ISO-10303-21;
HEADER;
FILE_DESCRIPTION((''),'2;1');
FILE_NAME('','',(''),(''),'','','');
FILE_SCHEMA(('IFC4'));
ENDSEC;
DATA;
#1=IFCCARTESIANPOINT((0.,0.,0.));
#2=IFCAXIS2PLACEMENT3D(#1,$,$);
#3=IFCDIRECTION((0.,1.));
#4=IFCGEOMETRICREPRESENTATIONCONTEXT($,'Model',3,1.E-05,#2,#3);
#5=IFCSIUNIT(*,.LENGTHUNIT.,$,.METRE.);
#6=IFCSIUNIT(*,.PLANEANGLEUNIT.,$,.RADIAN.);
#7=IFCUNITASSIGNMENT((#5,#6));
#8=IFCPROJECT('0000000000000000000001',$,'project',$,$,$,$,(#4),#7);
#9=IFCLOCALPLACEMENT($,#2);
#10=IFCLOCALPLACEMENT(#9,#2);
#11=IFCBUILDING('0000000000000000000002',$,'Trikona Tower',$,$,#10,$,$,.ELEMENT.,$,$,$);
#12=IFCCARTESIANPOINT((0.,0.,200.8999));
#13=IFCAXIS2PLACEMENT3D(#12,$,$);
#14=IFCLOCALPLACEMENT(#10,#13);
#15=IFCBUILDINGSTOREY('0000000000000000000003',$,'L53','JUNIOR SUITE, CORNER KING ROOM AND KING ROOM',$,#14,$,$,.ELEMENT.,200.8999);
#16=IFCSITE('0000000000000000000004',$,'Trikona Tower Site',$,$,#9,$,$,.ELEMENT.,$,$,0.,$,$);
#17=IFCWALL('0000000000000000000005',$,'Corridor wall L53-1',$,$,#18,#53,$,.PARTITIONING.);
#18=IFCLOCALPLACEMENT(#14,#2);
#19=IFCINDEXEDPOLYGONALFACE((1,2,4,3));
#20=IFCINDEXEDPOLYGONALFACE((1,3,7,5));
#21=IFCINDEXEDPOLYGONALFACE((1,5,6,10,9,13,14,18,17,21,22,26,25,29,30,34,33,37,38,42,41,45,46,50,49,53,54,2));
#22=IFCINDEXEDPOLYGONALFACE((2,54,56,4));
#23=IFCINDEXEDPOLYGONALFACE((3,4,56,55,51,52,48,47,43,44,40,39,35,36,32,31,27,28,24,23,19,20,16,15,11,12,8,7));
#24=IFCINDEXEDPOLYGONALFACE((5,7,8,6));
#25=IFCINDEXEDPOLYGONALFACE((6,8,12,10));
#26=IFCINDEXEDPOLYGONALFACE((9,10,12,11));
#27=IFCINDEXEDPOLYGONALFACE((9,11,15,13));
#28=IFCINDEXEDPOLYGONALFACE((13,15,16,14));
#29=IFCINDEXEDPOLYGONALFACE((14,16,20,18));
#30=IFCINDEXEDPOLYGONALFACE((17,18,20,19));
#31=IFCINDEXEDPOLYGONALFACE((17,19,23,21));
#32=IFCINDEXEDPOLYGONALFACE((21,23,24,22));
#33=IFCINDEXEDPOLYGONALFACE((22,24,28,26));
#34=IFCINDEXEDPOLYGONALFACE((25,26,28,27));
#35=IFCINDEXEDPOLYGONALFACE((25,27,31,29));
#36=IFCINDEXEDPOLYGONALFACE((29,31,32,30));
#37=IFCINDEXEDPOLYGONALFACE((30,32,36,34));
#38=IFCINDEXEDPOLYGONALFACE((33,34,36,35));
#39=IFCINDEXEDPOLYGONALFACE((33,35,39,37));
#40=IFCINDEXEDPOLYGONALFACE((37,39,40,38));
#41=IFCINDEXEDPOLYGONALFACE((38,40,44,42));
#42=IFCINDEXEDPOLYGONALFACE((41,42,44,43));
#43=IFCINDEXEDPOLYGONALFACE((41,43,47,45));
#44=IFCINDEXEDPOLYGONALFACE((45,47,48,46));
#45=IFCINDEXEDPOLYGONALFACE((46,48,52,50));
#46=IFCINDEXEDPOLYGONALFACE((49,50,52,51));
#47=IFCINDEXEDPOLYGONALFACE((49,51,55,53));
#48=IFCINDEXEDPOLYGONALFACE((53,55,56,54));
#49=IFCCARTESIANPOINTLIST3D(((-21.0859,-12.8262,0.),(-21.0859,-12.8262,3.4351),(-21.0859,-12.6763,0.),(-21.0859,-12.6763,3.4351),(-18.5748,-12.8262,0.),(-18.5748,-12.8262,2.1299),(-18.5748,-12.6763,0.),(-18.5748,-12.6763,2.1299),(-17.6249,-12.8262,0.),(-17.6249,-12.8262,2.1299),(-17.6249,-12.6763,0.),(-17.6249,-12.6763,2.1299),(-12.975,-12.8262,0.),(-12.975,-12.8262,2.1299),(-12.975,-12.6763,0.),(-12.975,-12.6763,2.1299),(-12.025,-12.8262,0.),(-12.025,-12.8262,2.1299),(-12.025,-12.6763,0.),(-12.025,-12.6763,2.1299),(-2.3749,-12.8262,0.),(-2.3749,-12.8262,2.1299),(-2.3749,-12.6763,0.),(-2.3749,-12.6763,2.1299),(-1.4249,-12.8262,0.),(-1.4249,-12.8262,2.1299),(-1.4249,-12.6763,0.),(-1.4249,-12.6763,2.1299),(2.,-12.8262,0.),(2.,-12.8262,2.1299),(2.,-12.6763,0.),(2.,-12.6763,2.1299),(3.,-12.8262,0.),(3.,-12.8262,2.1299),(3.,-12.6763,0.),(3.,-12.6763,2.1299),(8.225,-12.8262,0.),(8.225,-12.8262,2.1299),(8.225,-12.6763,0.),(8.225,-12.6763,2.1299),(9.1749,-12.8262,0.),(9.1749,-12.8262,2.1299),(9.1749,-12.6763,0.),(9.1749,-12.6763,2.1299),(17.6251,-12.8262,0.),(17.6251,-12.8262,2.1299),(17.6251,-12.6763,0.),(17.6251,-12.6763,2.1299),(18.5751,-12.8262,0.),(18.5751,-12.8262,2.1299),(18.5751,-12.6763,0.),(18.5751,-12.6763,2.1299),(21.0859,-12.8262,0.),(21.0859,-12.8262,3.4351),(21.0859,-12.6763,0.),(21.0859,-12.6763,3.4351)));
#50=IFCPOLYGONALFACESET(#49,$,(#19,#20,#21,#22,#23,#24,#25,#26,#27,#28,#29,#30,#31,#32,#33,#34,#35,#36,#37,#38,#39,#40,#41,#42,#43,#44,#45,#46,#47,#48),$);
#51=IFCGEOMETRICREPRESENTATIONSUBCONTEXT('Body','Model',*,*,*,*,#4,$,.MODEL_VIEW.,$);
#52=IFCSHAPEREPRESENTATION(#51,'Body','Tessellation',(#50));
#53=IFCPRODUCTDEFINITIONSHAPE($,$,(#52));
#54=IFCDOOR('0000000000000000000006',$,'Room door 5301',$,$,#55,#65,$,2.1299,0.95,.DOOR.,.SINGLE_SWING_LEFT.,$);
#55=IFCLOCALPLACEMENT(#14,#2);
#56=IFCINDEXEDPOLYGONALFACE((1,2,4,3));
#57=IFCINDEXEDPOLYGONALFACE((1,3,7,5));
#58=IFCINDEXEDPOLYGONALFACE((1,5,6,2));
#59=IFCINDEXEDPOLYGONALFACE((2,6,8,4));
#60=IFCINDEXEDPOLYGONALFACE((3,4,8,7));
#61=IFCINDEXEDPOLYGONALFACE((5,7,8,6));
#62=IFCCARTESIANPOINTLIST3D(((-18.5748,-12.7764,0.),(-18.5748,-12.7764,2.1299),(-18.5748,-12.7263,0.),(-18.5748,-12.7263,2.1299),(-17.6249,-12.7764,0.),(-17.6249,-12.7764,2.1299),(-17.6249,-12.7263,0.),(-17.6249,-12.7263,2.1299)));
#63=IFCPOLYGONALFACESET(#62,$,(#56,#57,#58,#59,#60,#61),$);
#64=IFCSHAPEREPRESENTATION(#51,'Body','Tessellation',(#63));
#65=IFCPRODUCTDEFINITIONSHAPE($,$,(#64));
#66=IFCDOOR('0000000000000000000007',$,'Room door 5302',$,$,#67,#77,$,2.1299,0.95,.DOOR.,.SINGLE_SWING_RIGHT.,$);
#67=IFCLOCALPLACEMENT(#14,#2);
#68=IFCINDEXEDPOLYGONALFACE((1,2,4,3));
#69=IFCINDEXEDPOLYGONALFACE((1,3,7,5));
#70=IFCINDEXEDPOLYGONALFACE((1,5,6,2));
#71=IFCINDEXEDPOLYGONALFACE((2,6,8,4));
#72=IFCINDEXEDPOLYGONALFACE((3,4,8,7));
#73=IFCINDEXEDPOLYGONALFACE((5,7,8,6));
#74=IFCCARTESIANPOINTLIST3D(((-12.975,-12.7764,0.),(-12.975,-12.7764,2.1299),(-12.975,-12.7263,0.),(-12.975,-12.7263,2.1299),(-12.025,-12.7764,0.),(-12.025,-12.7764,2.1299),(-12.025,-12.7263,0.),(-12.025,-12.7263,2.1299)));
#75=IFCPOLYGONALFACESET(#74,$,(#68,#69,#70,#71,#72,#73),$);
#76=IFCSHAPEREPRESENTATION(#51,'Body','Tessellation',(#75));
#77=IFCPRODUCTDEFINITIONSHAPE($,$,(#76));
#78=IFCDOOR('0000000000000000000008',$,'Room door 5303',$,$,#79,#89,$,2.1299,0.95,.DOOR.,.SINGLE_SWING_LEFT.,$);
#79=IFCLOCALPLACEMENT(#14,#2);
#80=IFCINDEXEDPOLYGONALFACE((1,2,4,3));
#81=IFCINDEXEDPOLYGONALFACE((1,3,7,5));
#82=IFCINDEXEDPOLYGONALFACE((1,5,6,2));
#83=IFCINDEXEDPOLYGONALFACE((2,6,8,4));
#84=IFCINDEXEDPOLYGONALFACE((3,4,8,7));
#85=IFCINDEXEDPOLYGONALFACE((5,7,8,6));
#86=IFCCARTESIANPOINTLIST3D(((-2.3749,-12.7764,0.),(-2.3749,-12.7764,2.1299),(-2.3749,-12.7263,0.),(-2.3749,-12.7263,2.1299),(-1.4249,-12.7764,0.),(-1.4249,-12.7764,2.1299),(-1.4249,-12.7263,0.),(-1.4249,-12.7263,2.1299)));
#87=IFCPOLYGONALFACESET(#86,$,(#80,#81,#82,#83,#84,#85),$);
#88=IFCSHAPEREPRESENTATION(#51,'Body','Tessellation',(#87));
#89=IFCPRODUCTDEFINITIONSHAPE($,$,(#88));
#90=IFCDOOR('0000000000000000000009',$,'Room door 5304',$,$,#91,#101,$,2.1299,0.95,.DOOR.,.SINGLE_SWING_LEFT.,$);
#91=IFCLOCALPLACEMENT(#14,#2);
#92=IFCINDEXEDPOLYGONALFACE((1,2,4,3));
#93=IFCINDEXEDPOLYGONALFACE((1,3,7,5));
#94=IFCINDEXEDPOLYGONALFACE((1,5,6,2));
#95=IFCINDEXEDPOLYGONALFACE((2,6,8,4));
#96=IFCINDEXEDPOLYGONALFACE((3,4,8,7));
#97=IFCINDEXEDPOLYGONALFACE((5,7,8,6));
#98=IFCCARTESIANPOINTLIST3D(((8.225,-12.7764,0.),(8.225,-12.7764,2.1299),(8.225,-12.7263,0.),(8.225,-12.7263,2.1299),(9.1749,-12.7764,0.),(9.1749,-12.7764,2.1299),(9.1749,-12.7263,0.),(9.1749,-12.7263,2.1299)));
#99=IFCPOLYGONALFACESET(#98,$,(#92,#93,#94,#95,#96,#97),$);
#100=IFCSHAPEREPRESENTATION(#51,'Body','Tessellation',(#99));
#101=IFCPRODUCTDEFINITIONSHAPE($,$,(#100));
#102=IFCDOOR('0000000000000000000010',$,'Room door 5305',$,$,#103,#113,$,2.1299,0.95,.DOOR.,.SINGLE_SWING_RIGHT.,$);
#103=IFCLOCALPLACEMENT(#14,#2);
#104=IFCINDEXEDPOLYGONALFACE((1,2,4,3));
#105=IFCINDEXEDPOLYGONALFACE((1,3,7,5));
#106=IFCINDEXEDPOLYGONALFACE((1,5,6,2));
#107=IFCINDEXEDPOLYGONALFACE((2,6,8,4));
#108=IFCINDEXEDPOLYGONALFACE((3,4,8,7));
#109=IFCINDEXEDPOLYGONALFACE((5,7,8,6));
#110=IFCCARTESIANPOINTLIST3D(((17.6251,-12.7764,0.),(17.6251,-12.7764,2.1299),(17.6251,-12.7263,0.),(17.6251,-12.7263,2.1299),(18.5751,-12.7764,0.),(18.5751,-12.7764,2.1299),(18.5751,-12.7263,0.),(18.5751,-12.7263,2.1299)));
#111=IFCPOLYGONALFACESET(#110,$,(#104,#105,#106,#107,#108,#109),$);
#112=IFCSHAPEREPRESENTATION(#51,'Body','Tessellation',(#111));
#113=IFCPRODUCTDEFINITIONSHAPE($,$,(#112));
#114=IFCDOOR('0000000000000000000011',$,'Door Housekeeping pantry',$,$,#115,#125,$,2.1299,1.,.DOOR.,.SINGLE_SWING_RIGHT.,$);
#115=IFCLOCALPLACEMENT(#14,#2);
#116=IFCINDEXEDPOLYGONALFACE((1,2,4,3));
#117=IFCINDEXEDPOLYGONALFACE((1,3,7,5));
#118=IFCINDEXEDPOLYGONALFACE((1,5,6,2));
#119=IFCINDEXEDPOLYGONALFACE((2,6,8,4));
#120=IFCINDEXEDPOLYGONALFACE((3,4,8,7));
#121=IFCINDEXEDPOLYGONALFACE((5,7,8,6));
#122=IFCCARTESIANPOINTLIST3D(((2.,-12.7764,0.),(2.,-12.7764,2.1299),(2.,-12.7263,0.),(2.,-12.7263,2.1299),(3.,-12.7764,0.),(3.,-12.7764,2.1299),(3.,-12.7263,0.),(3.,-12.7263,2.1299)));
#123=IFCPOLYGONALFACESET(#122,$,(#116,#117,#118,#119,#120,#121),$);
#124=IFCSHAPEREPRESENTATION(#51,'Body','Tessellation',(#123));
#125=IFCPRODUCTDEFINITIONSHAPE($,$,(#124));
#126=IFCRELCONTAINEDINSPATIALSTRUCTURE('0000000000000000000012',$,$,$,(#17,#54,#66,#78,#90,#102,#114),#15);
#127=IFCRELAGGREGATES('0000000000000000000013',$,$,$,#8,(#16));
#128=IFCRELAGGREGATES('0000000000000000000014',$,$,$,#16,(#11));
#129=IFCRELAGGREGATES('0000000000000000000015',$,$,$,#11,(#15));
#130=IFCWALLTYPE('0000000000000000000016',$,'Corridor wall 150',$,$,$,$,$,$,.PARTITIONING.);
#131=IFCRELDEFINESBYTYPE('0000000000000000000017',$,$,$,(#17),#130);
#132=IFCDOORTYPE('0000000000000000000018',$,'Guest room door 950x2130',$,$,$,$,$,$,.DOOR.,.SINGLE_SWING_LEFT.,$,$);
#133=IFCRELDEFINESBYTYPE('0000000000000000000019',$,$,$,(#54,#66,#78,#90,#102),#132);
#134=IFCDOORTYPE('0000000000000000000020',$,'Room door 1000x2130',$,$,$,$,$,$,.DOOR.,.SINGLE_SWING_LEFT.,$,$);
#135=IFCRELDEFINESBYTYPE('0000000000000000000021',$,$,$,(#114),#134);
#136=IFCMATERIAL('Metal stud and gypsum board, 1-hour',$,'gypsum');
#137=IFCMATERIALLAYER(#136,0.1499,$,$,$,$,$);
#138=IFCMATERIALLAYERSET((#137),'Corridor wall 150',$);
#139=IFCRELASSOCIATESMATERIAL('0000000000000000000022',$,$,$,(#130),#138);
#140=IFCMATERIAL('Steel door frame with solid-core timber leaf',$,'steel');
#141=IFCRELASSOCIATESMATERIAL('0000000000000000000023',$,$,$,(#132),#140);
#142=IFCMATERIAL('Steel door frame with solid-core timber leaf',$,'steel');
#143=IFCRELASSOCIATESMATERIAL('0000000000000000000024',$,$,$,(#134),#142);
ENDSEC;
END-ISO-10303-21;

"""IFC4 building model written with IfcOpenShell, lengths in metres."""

from ifc_helpers import new_model, si_unit, direction, frame, frame_2d, origin, place, context, subcontext, project, spatial, rectangle, extrude, material, layer, layer_set, type_object, element, fill, save


model = new_model("IFC4")

# Units and contexts
model_context = context("Model", 3, precision=1e-05, world=origin(), true_north=direction((0.0, 1.0)))
body_context = subcontext(model_context, "Body", "Model", "MODEL_VIEW")
ifc_project = project(units=[si_unit("LENGTHUNIT", "METRE"), si_unit("PLANEANGLEUNIT", "RADIAN")], contexts=[model_context])

# Site, building, storey
site_placement = place(None, origin())
site = spatial("IfcSite", under=ifc_project, at=site_placement, Name="Trikona Tower Site", CompositionType="ELEMENT", RefElevation=0.0)
building_placement = place(site_placement, origin())
building = spatial("IfcBuilding", under=site, at=building_placement, Name="Trikona Tower", CompositionType="ELEMENT")
storey_placement = place(building_placement, frame((0.0, 0.0, 200.8999)))
storey = spatial("IfcBuildingStorey", under=building, at=storey_placement, Name="L53", Description="JUNIOR SUITE, CORNER KING ROOM AND KING ROOM", CompositionType="ELEMENT", Elevation=200.8999)

# Wall, openings, doors
ifc_material_1 = material(Name="Metal stud and gypsum board, 1-hour", Category="gypsum")
ifc_layer_1 = layer(ifc_material_1, 0.1499)
ifc_layer_set_1 = layer_set([ifc_layer_1], Name="Corridor wall 150")
wall_type_1 = type_object("IfcWallType", Name="Corridor wall 150", PredefinedType="PARTITIONING", material=ifc_layer_set_1)
wall_1_placement = place(storey_placement, frame((-21.0859, -12.7512, 0.0), z_axis=(0.0, 0.0, 1.0), x_axis=(1.0, 0.0, 0.0)))
wall_1 = element("IfcWall", 1, at=wall_1_placement, inside=storey, type_object=wall_type_1, Name="Corridor wall L53-1", PredefinedType="PARTITIONING", context=body_context, shape_type="SweptSolid", body=[
    extrude(rectangle(XDim=42.1719, YDim=0.1499, at=frame_2d((21.0859, 0.0))), origin(), (0.0, 0.0, 1.0), 3.4351),
])
opening_1_placement = place(wall_1_placement, frame((2.511, 0.0, 0.0)))
opening_1 = element("IfcOpeningElement", 2, at=opening_1_placement, cuts=wall_1, PredefinedType="OPENING", context=body_context, shape_type="SweptSolid", body=[
    extrude(rectangle(XDim=0.95, YDim=2.1299, at=frame_2d((0.4751, 1.0649))), frame((0.0, 0.085, 0.0), z_axis=(0.0, -1.0, 0.0), x_axis=(1.0, 0.0, 0.0)), (0.0, 0.0, 1.0), 0.1699),
])
opening_2_placement = place(wall_1_placement, frame((8.1108, 0.0, 0.0)))
opening_2 = element("IfcOpeningElement", 3, at=opening_2_placement, cuts=wall_1, PredefinedType="OPENING", context=body_context, shape_type="SweptSolid", body=[
    extrude(rectangle(XDim=0.95, YDim=2.1299, at=frame_2d((0.4751, 1.0649))), frame((0.0, 0.085, 0.0), z_axis=(0.0, -1.0, 0.0), x_axis=(1.0, 0.0, 0.0)), (0.0, 0.0, 1.0), 0.1699),
])
opening_3_placement = place(wall_1_placement, frame((18.7109, 0.0, 0.0)))
opening_3 = element("IfcOpeningElement", 4, at=opening_3_placement, cuts=wall_1, PredefinedType="OPENING", context=body_context, shape_type="SweptSolid", body=[
    extrude(rectangle(XDim=0.95, YDim=2.1299, at=frame_2d((0.4751, 1.0649))), frame((0.0, 0.085, 0.0), z_axis=(0.0, -1.0, 0.0), x_axis=(1.0, 0.0, 0.0)), (0.0, 0.0, 1.0), 0.1699),
])
opening_4_placement = place(wall_1_placement, frame((23.0859, 0.0, 0.0)))
opening_4 = element("IfcOpeningElement", 5, at=opening_4_placement, cuts=wall_1, PredefinedType="OPENING", context=body_context, shape_type="SweptSolid", body=[
    extrude(rectangle(XDim=1.0, YDim=2.1299, at=frame_2d((0.5, 1.0649))), frame((0.0, 0.085, 0.0), z_axis=(0.0, -1.0, 0.0), x_axis=(1.0, 0.0, 0.0)), (0.0, 0.0, 1.0), 0.1699),
])
opening_5_placement = place(wall_1_placement, frame((29.3108, 0.0, 0.0)))
opening_5 = element("IfcOpeningElement", 6, at=opening_5_placement, cuts=wall_1, PredefinedType="OPENING", context=body_context, shape_type="SweptSolid", body=[
    extrude(rectangle(XDim=0.95, YDim=2.1299, at=frame_2d((0.4751, 1.0649))), frame((0.0, 0.085, 0.0), z_axis=(0.0, -1.0, 0.0), x_axis=(1.0, 0.0, 0.0)), (0.0, 0.0, 1.0), 0.1699),
])
opening_6_placement = place(wall_1_placement, frame((38.7109, 0.0, 0.0)))
opening_6 = element("IfcOpeningElement", 7, at=opening_6_placement, cuts=wall_1, PredefinedType="OPENING", context=body_context, shape_type="SweptSolid", body=[
    extrude(rectangle(XDim=0.95, YDim=2.1299, at=frame_2d((0.4751, 1.0649))), frame((0.0, 0.085, 0.0), z_axis=(0.0, -1.0, 0.0), x_axis=(1.0, 0.0, 0.0)), (0.0, 0.0, 1.0), 0.1699),
])
ifc_material_2 = material(Name="Steel door frame with solid-core timber leaf", Category="steel")
door_type_1 = type_object("IfcDoorType", Name="Guest room door 950x2130", OperationType="SINGLE_SWING_LEFT", PredefinedType="DOOR", material=ifc_material_2)
door_1_placement = place(opening_1_placement, origin())
door_1 = element("IfcDoor", 8, at=door_1_placement, inside=storey, type_object=door_type_1, Name="Room door 5301", OperationType="SINGLE_SWING_LEFT", OverallHeight=2.1299, OverallWidth=0.95, PredefinedType="DOOR", context=body_context, shape_type="SweptSolid", body=[
    extrude(rectangle(XDim=0.95, YDim=2.1299, at=frame_2d((0.4751, 1.0649))), frame((0.0, 0.0249, 0.0), z_axis=(0.0, -1.0, 0.0), x_axis=(1.0, 0.0, 0.0)), (0.0, 0.0, 1.0), 0.05),
])
fill(opening_1, door_1)
door_2_placement = place(opening_2_placement, origin())
door_2 = element("IfcDoor", 9, at=door_2_placement, inside=storey, type_object=door_type_1, Name="Room door 5302", OperationType="SINGLE_SWING_RIGHT", OverallHeight=2.1299, OverallWidth=0.95, PredefinedType="DOOR", context=body_context, shape_type="SweptSolid", body=[
    extrude(rectangle(XDim=0.95, YDim=2.1299, at=frame_2d((0.4751, 1.0649))), frame((0.0, 0.0249, 0.0), z_axis=(0.0, -1.0, 0.0), x_axis=(1.0, 0.0, 0.0)), (0.0, 0.0, 1.0), 0.05),
])
fill(opening_2, door_2)
door_3_placement = place(opening_3_placement, origin())
door_3 = element("IfcDoor", 10, at=door_3_placement, inside=storey, type_object=door_type_1, Name="Room door 5303", OperationType="SINGLE_SWING_LEFT", OverallHeight=2.1299, OverallWidth=0.95, PredefinedType="DOOR", context=body_context, shape_type="SweptSolid", body=[
    extrude(rectangle(XDim=0.95, YDim=2.1299, at=frame_2d((0.4751, 1.0649))), frame((0.0, 0.0249, 0.0), z_axis=(0.0, -1.0, 0.0), x_axis=(1.0, 0.0, 0.0)), (0.0, 0.0, 1.0), 0.05),
])
fill(opening_3, door_3)
door_4_placement = place(opening_5_placement, origin())
door_4 = element("IfcDoor", 11, at=door_4_placement, inside=storey, type_object=door_type_1, Name="Room door 5304", OperationType="SINGLE_SWING_LEFT", OverallHeight=2.1299, OverallWidth=0.95, PredefinedType="DOOR", context=body_context, shape_type="SweptSolid", body=[
    extrude(rectangle(XDim=0.95, YDim=2.1299, at=frame_2d((0.4751, 1.0649))), frame((0.0, 0.0249, 0.0), z_axis=(0.0, -1.0, 0.0), x_axis=(1.0, 0.0, 0.0)), (0.0, 0.0, 1.0), 0.05),
])
fill(opening_5, door_4)
door_5_placement = place(opening_6_placement, origin())
door_5 = element("IfcDoor", 12, at=door_5_placement, inside=storey, type_object=door_type_1, Name="Room door 5305", OperationType="SINGLE_SWING_RIGHT", OverallHeight=2.1299, OverallWidth=0.95, PredefinedType="DOOR", context=body_context, shape_type="SweptSolid", body=[
    extrude(rectangle(XDim=0.95, YDim=2.1299, at=frame_2d((0.4751, 1.0649))), frame((0.0, 0.0249, 0.0), z_axis=(0.0, -1.0, 0.0), x_axis=(1.0, 0.0, 0.0)), (0.0, 0.0, 1.0), 0.05),
])
fill(opening_6, door_5)
ifc_material_3 = material(Name="Steel door frame with solid-core timber leaf", Category="steel")
door_type_2 = type_object("IfcDoorType", Name="Room door 1000x2130", OperationType="SINGLE_SWING_LEFT", PredefinedType="DOOR", material=ifc_material_3)
door_6_placement = place(opening_4_placement, origin())
door_6 = element("IfcDoor", 13, at=door_6_placement, inside=storey, type_object=door_type_2, Name="Door Housekeeping pantry", OperationType="SINGLE_SWING_RIGHT", OverallHeight=2.1299, OverallWidth=1.0, PredefinedType="DOOR", context=body_context, shape_type="SweptSolid", body=[
    extrude(rectangle(XDim=1.0, YDim=2.1299, at=frame_2d((0.5, 1.0649))), frame((0.0, 0.0249, 0.0), z_axis=(0.0, -1.0, 0.0), x_axis=(1.0, 0.0, 0.0)), (0.0, 0.0, 1.0), 0.05),
])
fill(opening_4, door_6)

save(model, "model.ifc")
